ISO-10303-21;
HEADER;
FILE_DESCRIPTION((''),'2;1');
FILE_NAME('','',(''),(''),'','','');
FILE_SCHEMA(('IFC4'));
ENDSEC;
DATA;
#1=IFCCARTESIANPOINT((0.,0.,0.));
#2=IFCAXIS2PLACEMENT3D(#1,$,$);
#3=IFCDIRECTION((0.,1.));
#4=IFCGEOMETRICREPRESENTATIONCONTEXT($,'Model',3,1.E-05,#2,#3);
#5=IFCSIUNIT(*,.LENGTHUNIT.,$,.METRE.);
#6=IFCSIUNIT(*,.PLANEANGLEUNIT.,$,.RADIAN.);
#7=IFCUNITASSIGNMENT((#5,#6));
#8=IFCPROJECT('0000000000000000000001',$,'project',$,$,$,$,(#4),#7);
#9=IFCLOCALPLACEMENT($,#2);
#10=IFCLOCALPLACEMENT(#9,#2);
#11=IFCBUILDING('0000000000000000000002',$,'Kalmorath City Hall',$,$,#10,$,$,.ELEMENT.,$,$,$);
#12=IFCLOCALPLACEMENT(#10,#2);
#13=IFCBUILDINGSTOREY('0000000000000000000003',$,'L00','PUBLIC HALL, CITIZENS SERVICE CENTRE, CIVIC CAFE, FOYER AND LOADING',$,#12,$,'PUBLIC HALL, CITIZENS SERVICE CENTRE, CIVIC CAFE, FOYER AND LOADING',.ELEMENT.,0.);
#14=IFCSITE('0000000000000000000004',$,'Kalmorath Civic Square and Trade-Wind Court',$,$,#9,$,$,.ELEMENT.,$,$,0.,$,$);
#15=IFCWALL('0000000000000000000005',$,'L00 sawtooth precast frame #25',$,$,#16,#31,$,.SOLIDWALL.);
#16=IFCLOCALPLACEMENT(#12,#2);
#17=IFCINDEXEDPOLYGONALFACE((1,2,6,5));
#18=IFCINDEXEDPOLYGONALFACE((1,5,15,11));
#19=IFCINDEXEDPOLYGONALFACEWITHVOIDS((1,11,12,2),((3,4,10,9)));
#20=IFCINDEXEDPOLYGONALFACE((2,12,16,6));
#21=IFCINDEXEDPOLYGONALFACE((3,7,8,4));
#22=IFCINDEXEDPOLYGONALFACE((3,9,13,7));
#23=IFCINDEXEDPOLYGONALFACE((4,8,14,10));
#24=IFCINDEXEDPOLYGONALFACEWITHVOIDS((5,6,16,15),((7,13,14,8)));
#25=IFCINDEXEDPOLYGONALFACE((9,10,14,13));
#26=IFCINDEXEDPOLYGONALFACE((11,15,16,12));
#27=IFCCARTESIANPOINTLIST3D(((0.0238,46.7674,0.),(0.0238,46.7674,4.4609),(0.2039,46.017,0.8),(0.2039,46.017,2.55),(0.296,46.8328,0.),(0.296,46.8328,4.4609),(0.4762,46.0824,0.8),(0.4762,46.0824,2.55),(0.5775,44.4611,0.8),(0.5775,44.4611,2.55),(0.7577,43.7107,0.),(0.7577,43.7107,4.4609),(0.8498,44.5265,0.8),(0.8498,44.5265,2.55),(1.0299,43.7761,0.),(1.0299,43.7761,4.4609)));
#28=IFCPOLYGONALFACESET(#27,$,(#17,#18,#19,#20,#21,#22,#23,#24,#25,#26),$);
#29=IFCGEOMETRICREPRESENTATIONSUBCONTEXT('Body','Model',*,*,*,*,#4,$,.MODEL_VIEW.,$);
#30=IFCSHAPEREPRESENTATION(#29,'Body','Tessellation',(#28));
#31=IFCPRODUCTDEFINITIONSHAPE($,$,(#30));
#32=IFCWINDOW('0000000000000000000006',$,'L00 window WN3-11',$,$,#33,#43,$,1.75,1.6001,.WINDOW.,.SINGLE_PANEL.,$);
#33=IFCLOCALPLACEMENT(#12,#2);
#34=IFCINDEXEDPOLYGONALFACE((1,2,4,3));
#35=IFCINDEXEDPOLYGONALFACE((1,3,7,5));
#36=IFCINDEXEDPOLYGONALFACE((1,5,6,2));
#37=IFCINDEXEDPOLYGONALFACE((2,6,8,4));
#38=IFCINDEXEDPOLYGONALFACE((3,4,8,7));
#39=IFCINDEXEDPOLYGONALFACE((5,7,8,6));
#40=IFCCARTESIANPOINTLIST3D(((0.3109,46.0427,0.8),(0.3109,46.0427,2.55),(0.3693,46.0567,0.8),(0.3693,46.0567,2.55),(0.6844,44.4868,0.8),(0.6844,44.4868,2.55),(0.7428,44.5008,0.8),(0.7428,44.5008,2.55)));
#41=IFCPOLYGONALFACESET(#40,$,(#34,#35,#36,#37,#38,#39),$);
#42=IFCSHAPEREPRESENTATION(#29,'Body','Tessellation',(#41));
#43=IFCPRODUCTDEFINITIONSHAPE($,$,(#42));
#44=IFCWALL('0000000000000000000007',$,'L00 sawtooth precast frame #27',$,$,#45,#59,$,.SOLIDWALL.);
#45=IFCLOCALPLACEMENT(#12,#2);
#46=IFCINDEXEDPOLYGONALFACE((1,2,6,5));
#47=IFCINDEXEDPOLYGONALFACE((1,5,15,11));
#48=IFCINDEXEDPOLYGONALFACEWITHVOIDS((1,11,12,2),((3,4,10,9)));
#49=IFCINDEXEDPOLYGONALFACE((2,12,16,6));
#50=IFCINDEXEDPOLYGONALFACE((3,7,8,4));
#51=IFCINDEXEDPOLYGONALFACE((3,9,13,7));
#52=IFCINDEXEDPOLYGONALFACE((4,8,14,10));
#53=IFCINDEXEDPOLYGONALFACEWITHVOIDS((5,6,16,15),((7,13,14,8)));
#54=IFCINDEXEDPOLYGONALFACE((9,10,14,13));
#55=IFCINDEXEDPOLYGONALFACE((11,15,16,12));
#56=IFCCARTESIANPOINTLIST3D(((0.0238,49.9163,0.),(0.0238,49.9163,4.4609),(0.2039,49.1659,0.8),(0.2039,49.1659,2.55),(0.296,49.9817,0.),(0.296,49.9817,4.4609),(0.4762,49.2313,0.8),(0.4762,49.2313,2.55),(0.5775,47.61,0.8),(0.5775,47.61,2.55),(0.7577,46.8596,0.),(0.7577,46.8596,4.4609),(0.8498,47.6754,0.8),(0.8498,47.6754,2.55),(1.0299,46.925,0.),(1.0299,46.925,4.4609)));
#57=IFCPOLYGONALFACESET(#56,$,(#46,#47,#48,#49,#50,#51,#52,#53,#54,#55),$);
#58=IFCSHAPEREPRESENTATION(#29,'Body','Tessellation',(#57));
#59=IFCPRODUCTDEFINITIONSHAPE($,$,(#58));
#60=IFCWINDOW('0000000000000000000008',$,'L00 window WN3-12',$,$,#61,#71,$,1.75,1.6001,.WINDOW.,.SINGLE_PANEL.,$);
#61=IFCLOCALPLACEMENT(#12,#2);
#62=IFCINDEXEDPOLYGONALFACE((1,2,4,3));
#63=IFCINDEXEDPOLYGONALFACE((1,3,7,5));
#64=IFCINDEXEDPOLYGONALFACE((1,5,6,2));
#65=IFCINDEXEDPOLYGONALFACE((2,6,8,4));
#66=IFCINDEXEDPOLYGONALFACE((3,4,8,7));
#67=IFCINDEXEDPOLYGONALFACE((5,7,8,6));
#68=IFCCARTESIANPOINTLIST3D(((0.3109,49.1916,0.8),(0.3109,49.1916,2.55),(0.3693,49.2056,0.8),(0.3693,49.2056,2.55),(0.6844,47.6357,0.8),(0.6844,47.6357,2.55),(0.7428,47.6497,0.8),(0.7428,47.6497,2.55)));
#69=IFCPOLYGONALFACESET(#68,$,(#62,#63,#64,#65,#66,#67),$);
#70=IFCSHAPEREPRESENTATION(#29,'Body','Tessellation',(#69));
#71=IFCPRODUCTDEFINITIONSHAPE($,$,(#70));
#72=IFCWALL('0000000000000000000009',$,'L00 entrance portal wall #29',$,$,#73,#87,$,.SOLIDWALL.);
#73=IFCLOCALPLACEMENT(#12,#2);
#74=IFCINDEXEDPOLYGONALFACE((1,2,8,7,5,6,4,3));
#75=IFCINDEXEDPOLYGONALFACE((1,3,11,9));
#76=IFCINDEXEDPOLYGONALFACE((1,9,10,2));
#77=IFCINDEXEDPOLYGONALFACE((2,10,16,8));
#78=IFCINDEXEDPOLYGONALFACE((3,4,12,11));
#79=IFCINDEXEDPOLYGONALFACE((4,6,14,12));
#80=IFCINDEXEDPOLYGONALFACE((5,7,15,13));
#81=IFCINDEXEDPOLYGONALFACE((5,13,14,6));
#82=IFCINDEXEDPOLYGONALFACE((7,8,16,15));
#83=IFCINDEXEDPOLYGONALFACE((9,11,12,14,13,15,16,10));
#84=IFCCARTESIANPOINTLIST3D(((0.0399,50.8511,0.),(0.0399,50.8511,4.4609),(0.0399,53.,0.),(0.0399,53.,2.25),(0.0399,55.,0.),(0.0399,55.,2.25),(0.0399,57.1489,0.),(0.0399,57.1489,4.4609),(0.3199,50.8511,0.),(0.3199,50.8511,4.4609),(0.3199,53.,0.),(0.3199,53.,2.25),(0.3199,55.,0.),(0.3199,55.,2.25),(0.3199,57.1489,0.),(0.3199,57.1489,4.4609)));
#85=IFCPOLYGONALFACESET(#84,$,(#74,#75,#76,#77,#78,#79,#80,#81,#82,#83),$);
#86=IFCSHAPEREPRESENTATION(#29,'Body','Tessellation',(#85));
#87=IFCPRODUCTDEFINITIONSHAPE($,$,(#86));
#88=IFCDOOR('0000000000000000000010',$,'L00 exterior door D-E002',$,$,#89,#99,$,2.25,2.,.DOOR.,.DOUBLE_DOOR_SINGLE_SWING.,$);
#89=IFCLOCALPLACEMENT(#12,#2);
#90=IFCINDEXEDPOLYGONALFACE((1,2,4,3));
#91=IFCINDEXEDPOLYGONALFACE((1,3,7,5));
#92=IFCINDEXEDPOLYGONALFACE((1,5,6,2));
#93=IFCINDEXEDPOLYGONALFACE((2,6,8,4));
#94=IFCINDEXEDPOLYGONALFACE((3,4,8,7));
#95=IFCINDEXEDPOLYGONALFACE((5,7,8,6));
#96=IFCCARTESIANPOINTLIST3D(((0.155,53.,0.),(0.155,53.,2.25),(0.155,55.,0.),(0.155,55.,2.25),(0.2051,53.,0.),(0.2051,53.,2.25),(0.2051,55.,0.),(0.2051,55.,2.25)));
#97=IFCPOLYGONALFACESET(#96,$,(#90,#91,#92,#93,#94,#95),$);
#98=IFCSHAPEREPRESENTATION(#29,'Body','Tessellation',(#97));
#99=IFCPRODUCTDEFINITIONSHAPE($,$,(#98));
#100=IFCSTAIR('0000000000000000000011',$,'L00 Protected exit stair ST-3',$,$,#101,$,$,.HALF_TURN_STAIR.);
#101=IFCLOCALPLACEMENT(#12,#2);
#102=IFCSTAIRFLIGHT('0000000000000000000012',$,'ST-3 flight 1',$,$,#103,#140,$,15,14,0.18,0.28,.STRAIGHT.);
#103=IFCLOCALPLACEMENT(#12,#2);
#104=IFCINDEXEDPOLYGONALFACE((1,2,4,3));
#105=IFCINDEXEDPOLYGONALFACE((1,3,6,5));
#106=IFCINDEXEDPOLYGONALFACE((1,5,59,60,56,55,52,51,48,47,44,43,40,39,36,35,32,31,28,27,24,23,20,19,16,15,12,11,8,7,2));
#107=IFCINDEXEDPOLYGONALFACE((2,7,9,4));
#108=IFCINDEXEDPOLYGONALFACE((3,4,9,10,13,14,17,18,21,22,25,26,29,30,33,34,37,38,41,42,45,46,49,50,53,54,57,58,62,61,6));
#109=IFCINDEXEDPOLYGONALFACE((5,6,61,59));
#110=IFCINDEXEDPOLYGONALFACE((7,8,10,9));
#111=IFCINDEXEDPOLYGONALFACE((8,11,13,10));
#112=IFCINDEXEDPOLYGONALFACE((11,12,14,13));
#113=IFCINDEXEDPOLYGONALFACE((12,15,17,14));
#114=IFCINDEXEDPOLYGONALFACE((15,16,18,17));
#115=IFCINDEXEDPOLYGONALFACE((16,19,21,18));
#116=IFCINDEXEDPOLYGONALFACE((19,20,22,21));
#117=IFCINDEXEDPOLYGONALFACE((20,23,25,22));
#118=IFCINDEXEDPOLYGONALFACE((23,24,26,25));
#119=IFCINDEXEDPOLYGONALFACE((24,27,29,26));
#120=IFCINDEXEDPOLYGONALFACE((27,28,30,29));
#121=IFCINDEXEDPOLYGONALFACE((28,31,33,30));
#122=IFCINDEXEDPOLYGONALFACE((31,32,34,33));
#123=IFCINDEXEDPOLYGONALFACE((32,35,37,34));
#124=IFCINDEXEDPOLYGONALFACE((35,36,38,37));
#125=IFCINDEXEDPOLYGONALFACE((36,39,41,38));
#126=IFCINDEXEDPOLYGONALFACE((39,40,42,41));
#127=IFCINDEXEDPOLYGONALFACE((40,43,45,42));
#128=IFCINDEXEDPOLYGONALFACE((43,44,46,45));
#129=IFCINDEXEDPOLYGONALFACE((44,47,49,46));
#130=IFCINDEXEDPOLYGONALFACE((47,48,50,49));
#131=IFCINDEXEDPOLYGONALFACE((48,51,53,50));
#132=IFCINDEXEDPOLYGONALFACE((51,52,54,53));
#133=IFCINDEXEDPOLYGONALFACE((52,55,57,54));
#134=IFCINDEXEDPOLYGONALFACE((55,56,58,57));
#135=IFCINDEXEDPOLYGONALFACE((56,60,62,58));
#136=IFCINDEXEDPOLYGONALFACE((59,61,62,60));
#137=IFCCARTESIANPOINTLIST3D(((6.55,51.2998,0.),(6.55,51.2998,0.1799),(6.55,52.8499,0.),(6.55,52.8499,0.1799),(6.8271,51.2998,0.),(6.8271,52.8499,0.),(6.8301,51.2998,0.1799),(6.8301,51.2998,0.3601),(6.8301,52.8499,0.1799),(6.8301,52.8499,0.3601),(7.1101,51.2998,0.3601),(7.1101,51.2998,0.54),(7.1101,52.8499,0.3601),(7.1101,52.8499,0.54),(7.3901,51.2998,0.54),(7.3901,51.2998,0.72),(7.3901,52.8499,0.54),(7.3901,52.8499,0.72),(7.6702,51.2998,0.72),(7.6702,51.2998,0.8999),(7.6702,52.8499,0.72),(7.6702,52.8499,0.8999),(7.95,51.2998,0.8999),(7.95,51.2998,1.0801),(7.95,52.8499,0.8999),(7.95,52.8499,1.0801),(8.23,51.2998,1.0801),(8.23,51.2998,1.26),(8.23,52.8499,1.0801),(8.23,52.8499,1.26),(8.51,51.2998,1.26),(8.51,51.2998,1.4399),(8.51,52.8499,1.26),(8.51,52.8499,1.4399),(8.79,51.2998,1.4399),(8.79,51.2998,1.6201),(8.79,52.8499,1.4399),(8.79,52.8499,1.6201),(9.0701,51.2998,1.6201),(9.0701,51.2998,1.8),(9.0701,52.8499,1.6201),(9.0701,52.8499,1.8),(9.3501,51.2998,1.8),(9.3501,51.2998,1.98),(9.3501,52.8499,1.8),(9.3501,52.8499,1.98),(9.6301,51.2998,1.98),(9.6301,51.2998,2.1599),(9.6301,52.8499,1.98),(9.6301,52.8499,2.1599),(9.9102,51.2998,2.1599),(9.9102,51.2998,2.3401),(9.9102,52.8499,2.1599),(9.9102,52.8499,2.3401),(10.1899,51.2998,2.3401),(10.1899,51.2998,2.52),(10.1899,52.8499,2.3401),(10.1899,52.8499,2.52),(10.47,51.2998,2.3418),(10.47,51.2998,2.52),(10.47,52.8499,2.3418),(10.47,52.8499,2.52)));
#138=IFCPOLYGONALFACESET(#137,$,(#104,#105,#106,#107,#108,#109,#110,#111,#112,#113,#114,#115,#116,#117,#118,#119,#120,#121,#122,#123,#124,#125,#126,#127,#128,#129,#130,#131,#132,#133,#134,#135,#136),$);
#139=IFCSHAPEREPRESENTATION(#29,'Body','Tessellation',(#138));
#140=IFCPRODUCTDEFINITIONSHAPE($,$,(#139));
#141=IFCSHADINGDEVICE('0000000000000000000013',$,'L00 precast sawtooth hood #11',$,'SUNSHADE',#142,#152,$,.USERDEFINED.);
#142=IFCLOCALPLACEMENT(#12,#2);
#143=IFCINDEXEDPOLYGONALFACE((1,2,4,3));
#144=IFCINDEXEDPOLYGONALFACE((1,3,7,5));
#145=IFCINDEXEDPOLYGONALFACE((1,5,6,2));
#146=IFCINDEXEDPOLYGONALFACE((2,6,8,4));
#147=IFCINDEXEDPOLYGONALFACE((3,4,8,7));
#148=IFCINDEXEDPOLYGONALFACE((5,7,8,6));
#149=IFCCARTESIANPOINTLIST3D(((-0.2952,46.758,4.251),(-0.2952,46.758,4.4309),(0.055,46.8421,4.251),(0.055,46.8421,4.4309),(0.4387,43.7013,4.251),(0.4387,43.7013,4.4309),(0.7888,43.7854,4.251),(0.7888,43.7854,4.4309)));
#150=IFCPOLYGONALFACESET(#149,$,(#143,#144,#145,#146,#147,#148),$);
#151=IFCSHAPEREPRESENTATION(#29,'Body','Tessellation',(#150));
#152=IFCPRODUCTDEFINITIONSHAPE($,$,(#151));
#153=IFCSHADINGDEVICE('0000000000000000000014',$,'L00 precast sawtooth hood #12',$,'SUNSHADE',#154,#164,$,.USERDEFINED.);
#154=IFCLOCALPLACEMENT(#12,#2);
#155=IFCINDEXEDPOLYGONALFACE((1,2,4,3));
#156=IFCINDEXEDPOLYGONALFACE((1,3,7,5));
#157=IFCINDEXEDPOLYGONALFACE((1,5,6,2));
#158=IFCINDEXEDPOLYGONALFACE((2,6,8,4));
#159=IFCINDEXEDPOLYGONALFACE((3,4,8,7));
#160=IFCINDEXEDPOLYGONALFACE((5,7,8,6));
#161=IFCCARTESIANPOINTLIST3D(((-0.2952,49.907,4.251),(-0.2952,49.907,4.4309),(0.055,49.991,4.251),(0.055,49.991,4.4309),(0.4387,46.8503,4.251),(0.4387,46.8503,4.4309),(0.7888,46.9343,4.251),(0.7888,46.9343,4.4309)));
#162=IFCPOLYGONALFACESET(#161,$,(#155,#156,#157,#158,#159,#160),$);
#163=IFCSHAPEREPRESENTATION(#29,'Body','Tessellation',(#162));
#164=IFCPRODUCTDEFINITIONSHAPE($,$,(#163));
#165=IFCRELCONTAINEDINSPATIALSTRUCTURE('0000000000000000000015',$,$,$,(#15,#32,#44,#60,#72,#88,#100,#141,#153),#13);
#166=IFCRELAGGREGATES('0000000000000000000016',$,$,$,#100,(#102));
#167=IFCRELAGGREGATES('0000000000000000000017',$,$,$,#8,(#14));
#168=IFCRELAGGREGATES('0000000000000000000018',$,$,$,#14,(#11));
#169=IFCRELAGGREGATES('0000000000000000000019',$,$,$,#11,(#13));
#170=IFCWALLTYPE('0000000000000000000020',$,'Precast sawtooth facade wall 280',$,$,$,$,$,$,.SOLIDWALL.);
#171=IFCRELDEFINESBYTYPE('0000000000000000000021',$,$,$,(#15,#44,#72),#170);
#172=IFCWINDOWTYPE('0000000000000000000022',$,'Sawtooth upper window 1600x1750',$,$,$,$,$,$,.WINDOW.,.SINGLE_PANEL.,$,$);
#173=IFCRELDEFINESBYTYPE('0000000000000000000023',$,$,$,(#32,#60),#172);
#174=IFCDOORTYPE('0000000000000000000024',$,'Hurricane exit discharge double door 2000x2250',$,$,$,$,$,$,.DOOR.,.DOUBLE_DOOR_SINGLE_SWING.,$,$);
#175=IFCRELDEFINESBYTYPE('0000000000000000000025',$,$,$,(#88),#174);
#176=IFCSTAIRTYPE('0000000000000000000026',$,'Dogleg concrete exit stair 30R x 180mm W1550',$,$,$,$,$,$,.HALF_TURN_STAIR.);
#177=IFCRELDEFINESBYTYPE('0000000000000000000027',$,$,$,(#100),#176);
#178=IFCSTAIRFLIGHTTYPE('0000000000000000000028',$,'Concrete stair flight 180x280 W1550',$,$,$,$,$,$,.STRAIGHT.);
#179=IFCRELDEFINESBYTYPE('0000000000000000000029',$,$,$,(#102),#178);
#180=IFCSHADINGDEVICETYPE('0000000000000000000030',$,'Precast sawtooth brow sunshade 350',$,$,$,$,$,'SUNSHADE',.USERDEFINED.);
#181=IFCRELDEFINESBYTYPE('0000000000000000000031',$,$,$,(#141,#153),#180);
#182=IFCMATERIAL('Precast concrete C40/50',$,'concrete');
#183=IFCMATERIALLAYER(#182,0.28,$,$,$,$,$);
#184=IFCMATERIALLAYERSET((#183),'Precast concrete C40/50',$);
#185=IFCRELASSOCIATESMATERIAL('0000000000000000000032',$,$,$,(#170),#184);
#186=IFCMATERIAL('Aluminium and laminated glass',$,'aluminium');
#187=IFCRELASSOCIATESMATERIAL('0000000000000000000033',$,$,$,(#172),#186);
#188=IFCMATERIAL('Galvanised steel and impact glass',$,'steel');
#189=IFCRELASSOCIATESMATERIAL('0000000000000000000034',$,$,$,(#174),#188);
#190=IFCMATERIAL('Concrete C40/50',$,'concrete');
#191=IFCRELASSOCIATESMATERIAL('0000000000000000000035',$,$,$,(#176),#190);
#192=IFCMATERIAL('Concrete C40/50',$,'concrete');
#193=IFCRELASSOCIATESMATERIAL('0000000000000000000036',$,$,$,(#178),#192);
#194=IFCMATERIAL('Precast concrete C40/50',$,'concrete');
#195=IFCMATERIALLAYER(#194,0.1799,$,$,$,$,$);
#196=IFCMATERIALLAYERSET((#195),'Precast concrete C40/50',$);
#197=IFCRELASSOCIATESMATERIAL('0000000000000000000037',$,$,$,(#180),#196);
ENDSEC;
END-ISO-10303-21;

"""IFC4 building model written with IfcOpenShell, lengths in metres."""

from ifc_helpers import new_model, si_unit, direction, frame, frame_2d, origin, origin_2d, place, context, subcontext, project, spatial, polyline, rectangle, outline, extrude, material, layer, layer_set, type_object, element, fill, aggregate, save


model = new_model("IFC4")

# Units and contexts
model_context = context("Model", 3, precision=1e-05, world=origin(), true_north=direction((0.0, 1.0)))
body_context = subcontext(model_context, "Body", "Model", "MODEL_VIEW")
ifc_project = project(units=[si_unit("LENGTHUNIT", "METRE"), si_unit("PLANEANGLEUNIT", "RADIAN")], contexts=[model_context])

# Site, building, storey
site_placement = place(None, origin())
site = spatial("IfcSite", under=ifc_project, at=site_placement, Name="Kalmorath Civic Square and Trade-Wind Court", CompositionType="ELEMENT", RefElevation=0.0)
building_placement = place(site_placement, origin())
building = spatial("IfcBuilding", under=site, at=building_placement, Name="Kalmorath City Hall", CompositionType="ELEMENT")
storey_placement = place(building_placement, origin())
storey = spatial("IfcBuildingStorey", under=building, at=storey_placement, Name="L00", Description="PUBLIC HALL, CITIZENS SERVICE CENTRE, CIVIC CAFE, FOYER AND LOADING", LongName="PUBLIC HALL, CITIZENS SERVICE CENTRE, CIVIC CAFE, FOYER AND LOADING", CompositionType="ELEMENT", Elevation=0.0)

# Walls, openings, windows
ifc_material_1 = material(Name="Precast concrete C40/50", Category="concrete")
ifc_layer_1 = layer(ifc_material_1, 0.28)
ifc_layer_set_1 = layer_set([ifc_layer_1], Name="Precast concrete C40/50")
wall_type_1 = type_object("IfcWallType", Name="Precast sawtooth facade wall 280", PredefinedType="SOLIDWALL", material=ifc_layer_set_1)
wall_1_placement = place(storey_placement, frame((0.8938, 43.7434, 0.0), z_axis=(0.0, 0.0, 1.0), x_axis=(-0.233461, 0.972366, 0.0)))
wall_1 = element("IfcWall", 1, at=wall_1_placement, inside=storey, type_object=wall_type_1, Name="L00 sawtooth precast frame #25", PredefinedType="SOLIDWALL", context=body_context, shape_type="SweptSolid", body=[
    extrude(rectangle(XDim=3.1436, YDim=0.28, at=frame_2d((1.5718, 0.0))), origin(), (0.0, 0.0, 1.0), 4.4609),
])
opening_1_placement = place(wall_1_placement, frame((0.7717, 0.0, 0.8)))
opening_1 = element("IfcOpeningElement", 2, at=opening_1_placement, cuts=wall_1, PredefinedType="OPENING", context=body_context, shape_type="SweptSolid", body=[
    extrude(rectangle(XDim=1.6001, YDim=1.75, at=frame_2d((0.8, 0.875))), frame((0.0, 0.1499, 0.0), z_axis=(0.0, -1.0, 0.0), x_axis=(1.0, 0.0, 0.0)), (0.0, 0.0, 1.0), 0.3),
])
ifc_material_2 = material(Name="Aluminium and laminated glass", Category="aluminium")
window_type = type_object("IfcWindowType", Name="Sawtooth upper window 1600x1750", PartitioningType="SINGLE_PANEL", PredefinedType="WINDOW", material=ifc_material_2)
window_1_placement = place(opening_1_placement, origin())
window_1 = element("IfcWindow", 3, at=window_1_placement, inside=storey, type_object=window_type, Name="L00 window WN3-11", OverallHeight=1.75, OverallWidth=1.6001, PartitioningType="SINGLE_PANEL", PredefinedType="WINDOW", context=body_context, shape_type="SweptSolid", body=[
    extrude(rectangle(XDim=1.6001, YDim=1.75, at=frame_2d((0.8, 0.875))), frame((0.0, 0.03, 0.0), z_axis=(0.0, -1.0, 0.0), x_axis=(1.0, 0.0, 0.0)), (0.0, 0.0, 1.0), 0.0601),
])
fill(opening_1, window_1)
wall_2_placement = place(storey_placement, frame((0.8938, 46.8923, 0.0), z_axis=(0.0, 0.0, 1.0), x_axis=(-0.233461, 0.972366, 0.0)))
wall_2 = element("IfcWall", 4, at=wall_2_placement, inside=storey, type_object=wall_type_1, Name="L00 sawtooth precast frame #27", PredefinedType="SOLIDWALL", context=body_context, shape_type="SweptSolid", body=[
    extrude(rectangle(XDim=3.1436, YDim=0.28, at=frame_2d((1.5718, 0.0))), origin(), (0.0, 0.0, 1.0), 4.4609),
])
opening_2_placement = place(wall_2_placement, frame((0.7717, 0.0, 0.8)))
opening_2 = element("IfcOpeningElement", 5, at=opening_2_placement, cuts=wall_2, PredefinedType="OPENING", context=body_context, shape_type="SweptSolid", body=[
    extrude(rectangle(XDim=1.6001, YDim=1.75, at=frame_2d((0.8, 0.875))), frame((0.0, 0.1499, 0.0), z_axis=(0.0, -1.0, 0.0), x_axis=(1.0, 0.0, 0.0)), (0.0, 0.0, 1.0), 0.3),
])
window_2_placement = place(opening_2_placement, origin())
window_2 = element("IfcWindow", 6, at=window_2_placement, inside=storey, type_object=window_type, Name="L00 window WN3-12", OverallHeight=1.75, OverallWidth=1.6001, PartitioningType="SINGLE_PANEL", PredefinedType="WINDOW", context=body_context, shape_type="SweptSolid", body=[
    extrude(rectangle(XDim=1.6001, YDim=1.75, at=frame_2d((0.8, 0.875))), frame((0.0, 0.03, 0.0), z_axis=(0.0, -1.0, 0.0), x_axis=(1.0, 0.0, 0.0)), (0.0, 0.0, 1.0), 0.0601),
])
fill(opening_2, window_2)

# Wall, opening, door
wall_3_placement = place(storey_placement, frame((0.1799, 50.8511, 0.0), z_axis=(0.0, 0.0, 1.0), x_axis=(0.0, 1.0, 0.0)))
wall_3 = element("IfcWall", 7, at=wall_3_placement, inside=storey, type_object=wall_type_1, Name="L00 entrance portal wall #29", PredefinedType="SOLIDWALL", context=body_context, shape_type="SweptSolid", body=[
    extrude(rectangle(XDim=6.2979, YDim=0.28, at=frame_2d((3.1489, 0.0))), origin(), (0.0, 0.0, 1.0), 4.4609),
])
opening_3_placement = place(wall_3_placement, frame((2.1489, 0.0, 0.0)))
opening_3 = element("IfcOpeningElement", 8, at=opening_3_placement, cuts=wall_3, PredefinedType="OPENING", context=body_context, shape_type="SweptSolid", body=[
    extrude(rectangle(XDim=2.0, YDim=2.25, at=frame_2d((1.0, 1.125))), frame((0.0, 0.1499, 0.0), z_axis=(0.0, -1.0, 0.0), x_axis=(1.0, 0.0, 0.0)), (0.0, 0.0, 1.0), 0.3),
])
ifc_material_3 = material(Name="Galvanised steel and impact glass", Category="steel")
door_type_1 = type_object("IfcDoorType", Name="Hurricane exit discharge double door 2000x2250", OperationType="DOUBLE_DOOR_SINGLE_SWING", PredefinedType="DOOR", material=ifc_material_3)
door_1_placement = place(opening_3_placement, origin())
door_1 = element("IfcDoor", 9, at=door_1_placement, inside=storey, type_object=door_type_1, Name="L00 exterior door D-E002", OperationType="DOUBLE_DOOR_SINGLE_SWING", OverallHeight=2.25, OverallWidth=2.0, PredefinedType="DOOR", context=body_context, shape_type="SweptSolid", body=[
    extrude(rectangle(XDim=2.0, YDim=2.25, at=frame_2d((1.0, 1.125))), frame((0.0, 0.0249, 0.0), z_axis=(0.0, -1.0, 0.0), x_axis=(1.0, 0.0, 0.0)), (0.0, 0.0, 1.0), 0.05),
])
fill(opening_3, door_1)

# Stair, stair flight
ifc_material_4 = material(Name="Concrete C40/50", Category="concrete")
stair_type = type_object("IfcStairType", Name="Dogleg concrete exit stair 30R x 180mm W1550", PredefinedType="HALF_TURN_STAIR", material=ifc_material_4)
stair_placement = place(storey_placement, origin())
stair = element("IfcStair", 10, at=stair_placement, inside=storey, type_object=stair_type, Name="L00 Protected exit stair ST-3", PredefinedType="HALF_TURN_STAIR")
ifc_material_5 = material(Name="Concrete C40/50", Category="concrete")
stair_flight_type = type_object("IfcStairFlightType", Name="Concrete stair flight 180x280 W1550", PredefinedType="STRAIGHT", material=ifc_material_5)
stair_flight_placement = place(storey_placement, frame((6.55, 52.075, 0.0), z_axis=(0.0, 0.0, 1.0), x_axis=(1.0, 0.0, 0.0)))
stair_flight = element("IfcStairFlight", 11, at=stair_flight_placement, type_object=stair_flight_type, Name="ST-3 flight 1", NumberOfRisers=15, NumberOfTreads=14, PredefinedType="STRAIGHT", RiserHeight=0.18, TreadLength=0.28, context=body_context, shape_type="SweptSolid", body=[
    extrude(outline(polyline([(0.0, 0.0), (0.0, 0.1799), (0.28, 0.1799), (0.28, 0.3601), (0.5601, 0.3601), (0.5601, 0.54), (0.8401, 0.54), (0.8401, 0.72), (1.1201, 0.72), (1.1201, 0.8999), (1.3999, 0.8999), (1.3999, 1.0801), (1.6799, 1.0801), (1.6799, 1.26), (1.96, 1.26), (1.96, 1.4399), (2.24, 1.4399), (2.24, 1.6201), (2.52, 1.6201), (2.52, 1.8), (2.8, 1.8), (2.8, 1.98), (3.0801, 1.98), (3.0801, 2.1599), (3.3601, 2.1599), (3.3601, 2.3401), (3.6399, 2.3401), (3.6399, 2.52), (3.9199, 2.52), (3.9199, 2.7), (3.9199, 2.3418), (0.2771, 0.0), (0.0, 0.0)])), frame((0.0, 0.7749, 0.0), z_axis=(0.0, -1.0, 0.0), x_axis=(1.0, 0.0, 0.0)), (0.0, 0.0, 1.0), 1.55),
])
aggregate(stair, [stair_flight])

# Shading devices
ifc_material_6 = material(Name="Precast concrete C40/50", Category="concrete")
ifc_layer_2 = layer(ifc_material_6, 0.1799)
ifc_layer_set_2 = layer_set([ifc_layer_2], Name="Precast concrete C40/50")
shading_device_type = type_object("IfcShadingDeviceType", Name="Precast sawtooth brow sunshade 350", ElementType="SUNSHADE", PredefinedType="USERDEFINED", material=ifc_layer_set_2)
for number, where, z_axis, x_axis, name in (
    (12, (0.2468, 45.2717, 4.251), (0.0, 0.0, 1.0), (-0.233445, 0.97237, 0.0), "L00 precast sawtooth hood #11"),
    (13, (0.2468, 48.4207, 4.251), (0.0, 0.0, 1.0), (-0.233445, 0.97237, 0.0), "L00 precast sawtooth hood #12"),
):
    element("IfcShadingDevice", number, at=place(storey_placement, frame(where, z_axis=z_axis, x_axis=x_axis)), inside=storey, type_object=shading_device_type, Name=name, ObjectType="SUNSHADE", PredefinedType="USERDEFINED", context=body_context, shape_type="SweptSolid", body=[
        extrude(rectangle(XDim=3.1436, YDim=0.3601, at=origin_2d()), origin(), (0.0, 0.0, 1.0), 0.1799),
    ])

save(model, "model.ifc")
